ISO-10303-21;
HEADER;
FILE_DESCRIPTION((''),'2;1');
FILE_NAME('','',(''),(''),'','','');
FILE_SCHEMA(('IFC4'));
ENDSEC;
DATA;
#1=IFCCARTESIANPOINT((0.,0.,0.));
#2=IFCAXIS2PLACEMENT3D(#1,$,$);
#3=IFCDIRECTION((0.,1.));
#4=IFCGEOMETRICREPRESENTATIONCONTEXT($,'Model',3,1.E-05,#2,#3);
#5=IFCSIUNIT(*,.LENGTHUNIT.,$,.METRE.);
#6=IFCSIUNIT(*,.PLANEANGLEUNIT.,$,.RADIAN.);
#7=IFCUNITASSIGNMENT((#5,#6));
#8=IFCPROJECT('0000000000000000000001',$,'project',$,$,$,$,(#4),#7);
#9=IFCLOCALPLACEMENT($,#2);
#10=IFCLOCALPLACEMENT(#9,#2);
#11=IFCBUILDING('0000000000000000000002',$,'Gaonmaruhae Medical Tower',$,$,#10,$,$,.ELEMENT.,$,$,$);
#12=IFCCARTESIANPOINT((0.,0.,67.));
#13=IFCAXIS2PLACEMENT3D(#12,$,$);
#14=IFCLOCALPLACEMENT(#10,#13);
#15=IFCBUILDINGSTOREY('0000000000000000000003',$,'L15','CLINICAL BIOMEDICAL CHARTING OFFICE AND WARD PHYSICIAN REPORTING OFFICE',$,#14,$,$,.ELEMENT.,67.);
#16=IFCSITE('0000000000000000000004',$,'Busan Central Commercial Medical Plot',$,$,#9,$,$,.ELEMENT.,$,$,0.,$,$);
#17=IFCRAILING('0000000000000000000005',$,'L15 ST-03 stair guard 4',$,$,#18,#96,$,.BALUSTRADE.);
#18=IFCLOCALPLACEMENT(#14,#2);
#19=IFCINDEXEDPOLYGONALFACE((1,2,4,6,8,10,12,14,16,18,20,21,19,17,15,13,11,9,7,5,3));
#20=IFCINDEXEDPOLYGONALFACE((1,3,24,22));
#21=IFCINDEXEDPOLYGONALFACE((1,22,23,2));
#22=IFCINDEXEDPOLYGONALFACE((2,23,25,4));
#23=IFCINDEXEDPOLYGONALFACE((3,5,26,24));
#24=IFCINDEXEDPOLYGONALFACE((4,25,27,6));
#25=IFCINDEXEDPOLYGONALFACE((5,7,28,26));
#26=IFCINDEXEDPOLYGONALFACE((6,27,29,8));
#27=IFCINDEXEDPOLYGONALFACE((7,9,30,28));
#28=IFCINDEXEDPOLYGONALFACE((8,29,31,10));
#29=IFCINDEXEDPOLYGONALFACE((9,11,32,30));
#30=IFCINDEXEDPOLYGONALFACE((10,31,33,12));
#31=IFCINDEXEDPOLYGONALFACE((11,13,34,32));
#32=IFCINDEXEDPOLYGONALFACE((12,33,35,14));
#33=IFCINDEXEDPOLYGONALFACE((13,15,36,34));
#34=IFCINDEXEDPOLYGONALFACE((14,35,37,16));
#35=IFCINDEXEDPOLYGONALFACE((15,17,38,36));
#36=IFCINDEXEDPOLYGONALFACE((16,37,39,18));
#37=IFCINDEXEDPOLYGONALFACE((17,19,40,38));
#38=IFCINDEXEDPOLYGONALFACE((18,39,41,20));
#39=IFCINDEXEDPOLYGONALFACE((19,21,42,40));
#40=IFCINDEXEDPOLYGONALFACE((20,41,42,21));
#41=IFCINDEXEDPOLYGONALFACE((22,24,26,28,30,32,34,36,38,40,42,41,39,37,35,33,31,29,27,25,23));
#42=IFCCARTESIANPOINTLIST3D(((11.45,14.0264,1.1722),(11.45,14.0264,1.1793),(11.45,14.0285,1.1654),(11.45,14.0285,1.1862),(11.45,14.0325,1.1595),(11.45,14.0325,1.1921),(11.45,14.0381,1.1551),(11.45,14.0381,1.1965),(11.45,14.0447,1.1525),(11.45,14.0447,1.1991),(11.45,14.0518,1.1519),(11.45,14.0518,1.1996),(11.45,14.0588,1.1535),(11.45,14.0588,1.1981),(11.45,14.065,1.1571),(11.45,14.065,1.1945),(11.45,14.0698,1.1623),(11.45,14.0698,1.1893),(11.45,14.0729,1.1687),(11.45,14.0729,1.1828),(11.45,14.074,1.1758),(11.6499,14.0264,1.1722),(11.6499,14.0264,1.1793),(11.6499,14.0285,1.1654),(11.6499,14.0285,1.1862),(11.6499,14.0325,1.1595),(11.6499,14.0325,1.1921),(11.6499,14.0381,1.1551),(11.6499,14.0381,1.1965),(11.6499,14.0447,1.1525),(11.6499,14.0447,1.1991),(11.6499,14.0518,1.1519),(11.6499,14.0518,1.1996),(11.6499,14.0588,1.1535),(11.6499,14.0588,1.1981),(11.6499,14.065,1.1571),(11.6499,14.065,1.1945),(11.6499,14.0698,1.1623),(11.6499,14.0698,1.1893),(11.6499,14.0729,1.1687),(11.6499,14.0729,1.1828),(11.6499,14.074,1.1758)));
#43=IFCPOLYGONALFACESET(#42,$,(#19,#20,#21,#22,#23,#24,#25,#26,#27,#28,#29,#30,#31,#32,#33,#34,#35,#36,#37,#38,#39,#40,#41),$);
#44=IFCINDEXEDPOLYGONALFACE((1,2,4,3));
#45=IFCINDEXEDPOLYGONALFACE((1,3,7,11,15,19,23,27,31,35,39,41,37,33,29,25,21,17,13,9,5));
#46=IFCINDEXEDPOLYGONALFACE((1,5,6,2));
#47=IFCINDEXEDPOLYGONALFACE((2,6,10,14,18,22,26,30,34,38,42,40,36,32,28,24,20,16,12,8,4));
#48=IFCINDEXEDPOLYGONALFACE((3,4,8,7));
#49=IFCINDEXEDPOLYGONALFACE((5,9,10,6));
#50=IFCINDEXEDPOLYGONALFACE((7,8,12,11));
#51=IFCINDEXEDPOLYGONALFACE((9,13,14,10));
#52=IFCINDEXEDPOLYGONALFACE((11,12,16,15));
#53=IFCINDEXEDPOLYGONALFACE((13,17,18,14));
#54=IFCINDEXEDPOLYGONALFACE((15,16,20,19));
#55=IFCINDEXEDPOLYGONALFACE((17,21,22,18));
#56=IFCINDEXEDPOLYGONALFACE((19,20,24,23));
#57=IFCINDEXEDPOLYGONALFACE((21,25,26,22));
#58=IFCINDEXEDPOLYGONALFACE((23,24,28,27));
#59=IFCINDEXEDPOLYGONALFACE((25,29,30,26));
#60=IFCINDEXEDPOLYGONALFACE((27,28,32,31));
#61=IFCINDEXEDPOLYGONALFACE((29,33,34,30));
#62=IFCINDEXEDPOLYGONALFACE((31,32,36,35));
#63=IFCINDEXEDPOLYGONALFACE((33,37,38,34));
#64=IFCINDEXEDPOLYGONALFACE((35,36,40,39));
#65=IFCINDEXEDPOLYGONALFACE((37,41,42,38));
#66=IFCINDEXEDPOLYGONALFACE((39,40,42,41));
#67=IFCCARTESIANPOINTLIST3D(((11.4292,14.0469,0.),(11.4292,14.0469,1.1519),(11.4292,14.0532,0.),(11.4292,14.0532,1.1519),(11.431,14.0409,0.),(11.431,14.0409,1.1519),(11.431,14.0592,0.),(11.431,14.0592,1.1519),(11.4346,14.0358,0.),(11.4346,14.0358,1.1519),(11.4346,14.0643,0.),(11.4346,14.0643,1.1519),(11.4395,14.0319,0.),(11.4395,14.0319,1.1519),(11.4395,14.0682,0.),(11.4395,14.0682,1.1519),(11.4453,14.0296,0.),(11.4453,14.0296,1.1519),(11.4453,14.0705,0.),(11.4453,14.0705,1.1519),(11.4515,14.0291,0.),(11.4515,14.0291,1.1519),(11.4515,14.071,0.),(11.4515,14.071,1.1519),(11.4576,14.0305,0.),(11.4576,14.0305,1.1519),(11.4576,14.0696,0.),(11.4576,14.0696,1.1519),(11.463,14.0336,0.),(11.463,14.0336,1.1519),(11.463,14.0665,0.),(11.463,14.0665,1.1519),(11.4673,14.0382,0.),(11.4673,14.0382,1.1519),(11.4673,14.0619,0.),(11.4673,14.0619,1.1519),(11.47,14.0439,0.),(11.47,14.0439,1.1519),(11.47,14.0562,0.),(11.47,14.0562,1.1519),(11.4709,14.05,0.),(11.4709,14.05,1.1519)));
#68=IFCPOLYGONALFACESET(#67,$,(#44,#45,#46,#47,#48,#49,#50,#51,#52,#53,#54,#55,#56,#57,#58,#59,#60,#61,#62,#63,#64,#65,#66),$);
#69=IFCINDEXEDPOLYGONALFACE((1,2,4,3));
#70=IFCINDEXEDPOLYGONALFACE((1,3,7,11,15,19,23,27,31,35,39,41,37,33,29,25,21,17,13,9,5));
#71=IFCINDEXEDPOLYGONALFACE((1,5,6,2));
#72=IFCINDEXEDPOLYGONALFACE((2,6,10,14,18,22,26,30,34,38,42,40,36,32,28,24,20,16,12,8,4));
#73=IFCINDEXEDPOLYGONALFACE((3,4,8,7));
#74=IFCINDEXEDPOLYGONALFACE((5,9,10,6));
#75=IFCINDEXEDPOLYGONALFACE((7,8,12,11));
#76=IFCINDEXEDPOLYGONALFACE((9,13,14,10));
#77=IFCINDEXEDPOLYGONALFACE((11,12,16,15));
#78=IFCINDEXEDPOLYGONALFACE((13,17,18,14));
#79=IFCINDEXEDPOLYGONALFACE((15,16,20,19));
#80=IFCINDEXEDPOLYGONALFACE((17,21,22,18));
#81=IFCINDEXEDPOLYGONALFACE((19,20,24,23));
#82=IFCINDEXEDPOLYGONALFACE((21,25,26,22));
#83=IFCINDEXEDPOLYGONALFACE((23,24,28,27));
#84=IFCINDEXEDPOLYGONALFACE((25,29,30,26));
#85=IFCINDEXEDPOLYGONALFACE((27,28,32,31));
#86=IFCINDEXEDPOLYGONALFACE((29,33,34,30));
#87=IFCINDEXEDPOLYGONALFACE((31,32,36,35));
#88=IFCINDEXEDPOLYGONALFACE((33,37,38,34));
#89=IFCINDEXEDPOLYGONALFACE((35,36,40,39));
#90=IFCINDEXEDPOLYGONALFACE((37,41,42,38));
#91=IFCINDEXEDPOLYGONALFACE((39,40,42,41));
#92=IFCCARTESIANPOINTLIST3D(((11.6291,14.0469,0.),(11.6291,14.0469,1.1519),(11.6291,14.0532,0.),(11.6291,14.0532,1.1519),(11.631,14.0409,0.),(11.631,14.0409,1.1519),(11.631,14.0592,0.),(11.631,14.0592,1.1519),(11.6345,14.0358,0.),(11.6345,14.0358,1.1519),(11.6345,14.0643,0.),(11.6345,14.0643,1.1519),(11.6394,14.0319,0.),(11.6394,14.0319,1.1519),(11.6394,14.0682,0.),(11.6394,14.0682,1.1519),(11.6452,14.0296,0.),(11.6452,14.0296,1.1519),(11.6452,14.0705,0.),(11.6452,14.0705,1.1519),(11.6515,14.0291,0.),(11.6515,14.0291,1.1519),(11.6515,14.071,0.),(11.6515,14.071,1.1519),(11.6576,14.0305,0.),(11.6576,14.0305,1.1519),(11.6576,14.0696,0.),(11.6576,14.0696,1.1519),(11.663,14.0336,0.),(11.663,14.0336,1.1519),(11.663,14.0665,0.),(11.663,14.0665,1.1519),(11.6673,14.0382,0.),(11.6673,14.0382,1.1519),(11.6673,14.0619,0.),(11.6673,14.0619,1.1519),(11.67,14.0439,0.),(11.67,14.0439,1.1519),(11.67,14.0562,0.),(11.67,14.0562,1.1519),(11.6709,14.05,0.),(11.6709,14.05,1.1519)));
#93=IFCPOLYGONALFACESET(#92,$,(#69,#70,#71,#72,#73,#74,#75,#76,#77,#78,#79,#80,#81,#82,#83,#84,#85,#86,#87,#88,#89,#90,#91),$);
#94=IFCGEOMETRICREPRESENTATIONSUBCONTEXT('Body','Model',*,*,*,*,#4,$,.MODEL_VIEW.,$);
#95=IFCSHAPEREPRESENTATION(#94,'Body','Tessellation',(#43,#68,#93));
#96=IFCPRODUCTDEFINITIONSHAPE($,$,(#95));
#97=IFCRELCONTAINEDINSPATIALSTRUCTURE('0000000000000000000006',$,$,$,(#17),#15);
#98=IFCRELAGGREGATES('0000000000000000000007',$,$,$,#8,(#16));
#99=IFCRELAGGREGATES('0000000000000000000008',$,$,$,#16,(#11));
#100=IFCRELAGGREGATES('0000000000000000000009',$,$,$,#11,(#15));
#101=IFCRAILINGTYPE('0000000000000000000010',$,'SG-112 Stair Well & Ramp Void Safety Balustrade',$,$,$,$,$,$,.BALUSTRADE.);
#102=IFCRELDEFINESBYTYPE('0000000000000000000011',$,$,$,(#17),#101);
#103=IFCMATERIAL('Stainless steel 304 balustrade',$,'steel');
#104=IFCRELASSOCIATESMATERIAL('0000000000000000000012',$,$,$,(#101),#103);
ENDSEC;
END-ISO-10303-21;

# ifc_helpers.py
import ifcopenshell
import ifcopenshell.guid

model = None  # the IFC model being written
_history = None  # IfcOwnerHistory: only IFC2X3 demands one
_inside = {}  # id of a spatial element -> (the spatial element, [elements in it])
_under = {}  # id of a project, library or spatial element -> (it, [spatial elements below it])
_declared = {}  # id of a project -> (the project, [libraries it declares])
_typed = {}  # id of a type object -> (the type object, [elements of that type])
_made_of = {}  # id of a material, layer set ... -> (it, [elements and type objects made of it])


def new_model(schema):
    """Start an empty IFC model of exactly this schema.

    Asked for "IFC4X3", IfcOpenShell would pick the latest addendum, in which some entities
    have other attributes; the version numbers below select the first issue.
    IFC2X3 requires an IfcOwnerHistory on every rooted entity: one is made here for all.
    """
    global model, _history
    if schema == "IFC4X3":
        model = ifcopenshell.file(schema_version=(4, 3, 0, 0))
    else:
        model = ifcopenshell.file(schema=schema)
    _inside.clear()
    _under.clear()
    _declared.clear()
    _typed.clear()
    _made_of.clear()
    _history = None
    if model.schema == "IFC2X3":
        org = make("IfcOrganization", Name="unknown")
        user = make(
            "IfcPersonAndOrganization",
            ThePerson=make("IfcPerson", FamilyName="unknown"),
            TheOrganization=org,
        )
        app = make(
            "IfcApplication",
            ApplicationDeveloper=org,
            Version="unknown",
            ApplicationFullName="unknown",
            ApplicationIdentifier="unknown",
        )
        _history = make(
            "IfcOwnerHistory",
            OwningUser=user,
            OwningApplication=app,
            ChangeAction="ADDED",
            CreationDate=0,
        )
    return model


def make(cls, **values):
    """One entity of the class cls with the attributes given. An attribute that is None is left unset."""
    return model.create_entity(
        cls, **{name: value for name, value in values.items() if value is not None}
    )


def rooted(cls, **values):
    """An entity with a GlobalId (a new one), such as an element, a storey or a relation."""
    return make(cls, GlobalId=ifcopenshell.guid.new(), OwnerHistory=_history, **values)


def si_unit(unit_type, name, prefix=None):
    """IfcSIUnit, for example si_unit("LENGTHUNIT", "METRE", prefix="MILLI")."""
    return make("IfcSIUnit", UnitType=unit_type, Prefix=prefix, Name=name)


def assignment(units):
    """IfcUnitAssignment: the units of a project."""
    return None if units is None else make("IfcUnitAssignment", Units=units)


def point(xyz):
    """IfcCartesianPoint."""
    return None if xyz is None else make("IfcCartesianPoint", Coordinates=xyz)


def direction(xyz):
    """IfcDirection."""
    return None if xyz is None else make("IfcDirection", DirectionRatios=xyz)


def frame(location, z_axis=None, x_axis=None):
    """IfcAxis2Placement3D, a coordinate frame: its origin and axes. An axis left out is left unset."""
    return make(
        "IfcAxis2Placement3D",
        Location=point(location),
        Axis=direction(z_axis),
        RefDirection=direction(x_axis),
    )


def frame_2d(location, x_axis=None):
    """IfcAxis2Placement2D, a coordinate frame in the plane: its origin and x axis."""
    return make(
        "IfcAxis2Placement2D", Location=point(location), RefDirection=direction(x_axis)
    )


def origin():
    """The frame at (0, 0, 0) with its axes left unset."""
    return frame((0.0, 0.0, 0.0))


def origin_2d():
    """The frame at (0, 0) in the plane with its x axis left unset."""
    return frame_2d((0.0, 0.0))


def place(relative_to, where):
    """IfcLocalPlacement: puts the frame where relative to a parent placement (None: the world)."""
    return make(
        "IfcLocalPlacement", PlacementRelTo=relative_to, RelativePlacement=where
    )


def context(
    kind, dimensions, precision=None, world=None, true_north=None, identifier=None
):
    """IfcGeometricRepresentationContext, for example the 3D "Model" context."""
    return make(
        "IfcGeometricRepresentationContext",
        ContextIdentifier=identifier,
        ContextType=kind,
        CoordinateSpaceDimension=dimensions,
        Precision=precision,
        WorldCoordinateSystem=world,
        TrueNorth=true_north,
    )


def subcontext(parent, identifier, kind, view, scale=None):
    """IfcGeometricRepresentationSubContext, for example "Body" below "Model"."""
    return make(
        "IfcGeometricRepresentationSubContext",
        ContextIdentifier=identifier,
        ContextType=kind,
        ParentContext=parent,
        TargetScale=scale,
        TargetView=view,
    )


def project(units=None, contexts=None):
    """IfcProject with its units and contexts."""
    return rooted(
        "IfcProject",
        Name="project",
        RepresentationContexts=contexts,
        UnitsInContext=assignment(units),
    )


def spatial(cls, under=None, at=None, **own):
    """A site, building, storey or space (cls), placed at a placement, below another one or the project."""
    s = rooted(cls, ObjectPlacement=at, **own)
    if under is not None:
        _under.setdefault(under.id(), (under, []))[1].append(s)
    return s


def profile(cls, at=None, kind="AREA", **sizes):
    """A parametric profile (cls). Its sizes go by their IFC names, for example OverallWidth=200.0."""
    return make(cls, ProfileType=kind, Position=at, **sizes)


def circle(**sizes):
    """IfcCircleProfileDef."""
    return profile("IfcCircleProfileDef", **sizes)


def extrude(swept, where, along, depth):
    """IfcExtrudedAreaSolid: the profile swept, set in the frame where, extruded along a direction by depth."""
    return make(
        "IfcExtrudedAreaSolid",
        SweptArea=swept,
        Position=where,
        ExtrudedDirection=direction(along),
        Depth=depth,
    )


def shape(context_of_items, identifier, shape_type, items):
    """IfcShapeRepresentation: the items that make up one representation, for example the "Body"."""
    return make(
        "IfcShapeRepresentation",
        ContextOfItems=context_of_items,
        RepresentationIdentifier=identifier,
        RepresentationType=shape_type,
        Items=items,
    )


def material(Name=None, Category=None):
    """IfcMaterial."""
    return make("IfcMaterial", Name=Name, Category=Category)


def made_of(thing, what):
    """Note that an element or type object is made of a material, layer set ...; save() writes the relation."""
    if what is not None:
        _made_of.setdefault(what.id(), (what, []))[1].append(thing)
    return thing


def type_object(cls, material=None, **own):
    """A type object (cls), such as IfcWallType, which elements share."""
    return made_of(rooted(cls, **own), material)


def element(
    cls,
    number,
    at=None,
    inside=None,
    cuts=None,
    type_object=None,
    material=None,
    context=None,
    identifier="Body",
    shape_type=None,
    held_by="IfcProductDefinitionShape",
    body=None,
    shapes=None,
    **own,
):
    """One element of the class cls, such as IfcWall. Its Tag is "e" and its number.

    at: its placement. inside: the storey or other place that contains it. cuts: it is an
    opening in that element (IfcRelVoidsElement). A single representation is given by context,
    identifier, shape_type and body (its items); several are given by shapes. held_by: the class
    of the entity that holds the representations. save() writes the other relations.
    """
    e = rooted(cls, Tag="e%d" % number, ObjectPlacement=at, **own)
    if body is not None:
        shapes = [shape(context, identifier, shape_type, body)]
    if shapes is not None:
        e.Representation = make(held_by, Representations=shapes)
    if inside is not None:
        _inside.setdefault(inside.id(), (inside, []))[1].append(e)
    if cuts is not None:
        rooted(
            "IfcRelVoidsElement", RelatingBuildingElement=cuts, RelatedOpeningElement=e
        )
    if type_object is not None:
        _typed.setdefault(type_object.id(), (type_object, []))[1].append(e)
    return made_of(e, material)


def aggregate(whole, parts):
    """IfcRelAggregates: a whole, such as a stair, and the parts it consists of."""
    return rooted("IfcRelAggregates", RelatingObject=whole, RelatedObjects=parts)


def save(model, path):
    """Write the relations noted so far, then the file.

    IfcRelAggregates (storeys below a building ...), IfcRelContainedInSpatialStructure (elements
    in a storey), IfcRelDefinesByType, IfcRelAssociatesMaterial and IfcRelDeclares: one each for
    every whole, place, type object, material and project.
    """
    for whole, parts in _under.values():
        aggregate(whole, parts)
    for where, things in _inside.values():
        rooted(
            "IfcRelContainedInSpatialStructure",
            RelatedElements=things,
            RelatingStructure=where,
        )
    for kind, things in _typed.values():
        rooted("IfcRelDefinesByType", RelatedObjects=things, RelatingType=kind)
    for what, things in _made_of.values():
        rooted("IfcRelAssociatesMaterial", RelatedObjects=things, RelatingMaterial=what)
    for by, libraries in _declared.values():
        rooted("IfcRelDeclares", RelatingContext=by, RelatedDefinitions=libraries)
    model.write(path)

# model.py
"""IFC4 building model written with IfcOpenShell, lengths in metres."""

from ifc_helpers import new_model, si_unit, direction, frame, origin, origin_2d, place, context, subcontext, project, spatial, circle, extrude, material, type_object, element, save


model = new_model("IFC4")

# Units and contexts
model_context = context("Model", 3, precision=1e-05, world=origin(), true_north=direction((0.0, 1.0)))
body_context = subcontext(model_context, "Body", "Model", "MODEL_VIEW")
ifc_project = project(units=[si_unit("LENGTHUNIT", "METRE"), si_unit("PLANEANGLEUNIT", "RADIAN")], contexts=[model_context])

# Site, building, storey
site_placement = place(None, origin())
site = spatial("IfcSite", under=ifc_project, at=site_placement, Name="Busan Central Commercial Medical Plot", CompositionType="ELEMENT", RefElevation=0.0)
building_placement = place(site_placement, origin())
building = spatial("IfcBuilding", under=site, at=building_placement, Name="Gaonmaruhae Medical Tower", CompositionType="ELEMENT")
storey_placement = place(building_placement, frame((0.0, 0.0, 67.0)))
storey = spatial("IfcBuildingStorey", under=building, at=storey_placement, Name="L15", Description="CLINICAL BIOMEDICAL CHARTING OFFICE AND WARD PHYSICIAN REPORTING OFFICE", CompositionType="ELEMENT", Elevation=67.0)

# Railing
ifc_material_1 = material(Name="Stainless steel 304 balustrade", Category="steel")
railing_type_1 = type_object("IfcRailingType", Name="SG-112 Stair Well & Ramp Void Safety Balustrade", PredefinedType="BALUSTRADE", material=ifc_material_1)
railing_1_placement = place(storey_placement, frame((11.45, 14.05, 0.0)))
element("IfcRailing", 1, at=railing_1_placement, inside=storey, type_object=railing_type_1, Name="L15 ST-03 stair guard 4", PredefinedType="BALUSTRADE", context=body_context, shape_type="SweptSolid", body=[
    extrude(circle(Radius=0.0239, at=origin_2d()), frame((0.0, 0.0, 1.1758), z_axis=(1.0, 0.0, 0.0), x_axis=(0.0, 1.0, 0.0)), (0.0, 0.0, 1.0), 0.2),
    extrude(circle(Radius=0.021, at=origin_2d()), origin(), (0.0, 0.0, 1.0), 1.1519),
    extrude(circle(Radius=0.021, at=origin_2d()), frame((0.2, 0.0, 0.0)), (0.0, 0.0, 1.0), 1.1519),
])

save(model, "model.ifc")
